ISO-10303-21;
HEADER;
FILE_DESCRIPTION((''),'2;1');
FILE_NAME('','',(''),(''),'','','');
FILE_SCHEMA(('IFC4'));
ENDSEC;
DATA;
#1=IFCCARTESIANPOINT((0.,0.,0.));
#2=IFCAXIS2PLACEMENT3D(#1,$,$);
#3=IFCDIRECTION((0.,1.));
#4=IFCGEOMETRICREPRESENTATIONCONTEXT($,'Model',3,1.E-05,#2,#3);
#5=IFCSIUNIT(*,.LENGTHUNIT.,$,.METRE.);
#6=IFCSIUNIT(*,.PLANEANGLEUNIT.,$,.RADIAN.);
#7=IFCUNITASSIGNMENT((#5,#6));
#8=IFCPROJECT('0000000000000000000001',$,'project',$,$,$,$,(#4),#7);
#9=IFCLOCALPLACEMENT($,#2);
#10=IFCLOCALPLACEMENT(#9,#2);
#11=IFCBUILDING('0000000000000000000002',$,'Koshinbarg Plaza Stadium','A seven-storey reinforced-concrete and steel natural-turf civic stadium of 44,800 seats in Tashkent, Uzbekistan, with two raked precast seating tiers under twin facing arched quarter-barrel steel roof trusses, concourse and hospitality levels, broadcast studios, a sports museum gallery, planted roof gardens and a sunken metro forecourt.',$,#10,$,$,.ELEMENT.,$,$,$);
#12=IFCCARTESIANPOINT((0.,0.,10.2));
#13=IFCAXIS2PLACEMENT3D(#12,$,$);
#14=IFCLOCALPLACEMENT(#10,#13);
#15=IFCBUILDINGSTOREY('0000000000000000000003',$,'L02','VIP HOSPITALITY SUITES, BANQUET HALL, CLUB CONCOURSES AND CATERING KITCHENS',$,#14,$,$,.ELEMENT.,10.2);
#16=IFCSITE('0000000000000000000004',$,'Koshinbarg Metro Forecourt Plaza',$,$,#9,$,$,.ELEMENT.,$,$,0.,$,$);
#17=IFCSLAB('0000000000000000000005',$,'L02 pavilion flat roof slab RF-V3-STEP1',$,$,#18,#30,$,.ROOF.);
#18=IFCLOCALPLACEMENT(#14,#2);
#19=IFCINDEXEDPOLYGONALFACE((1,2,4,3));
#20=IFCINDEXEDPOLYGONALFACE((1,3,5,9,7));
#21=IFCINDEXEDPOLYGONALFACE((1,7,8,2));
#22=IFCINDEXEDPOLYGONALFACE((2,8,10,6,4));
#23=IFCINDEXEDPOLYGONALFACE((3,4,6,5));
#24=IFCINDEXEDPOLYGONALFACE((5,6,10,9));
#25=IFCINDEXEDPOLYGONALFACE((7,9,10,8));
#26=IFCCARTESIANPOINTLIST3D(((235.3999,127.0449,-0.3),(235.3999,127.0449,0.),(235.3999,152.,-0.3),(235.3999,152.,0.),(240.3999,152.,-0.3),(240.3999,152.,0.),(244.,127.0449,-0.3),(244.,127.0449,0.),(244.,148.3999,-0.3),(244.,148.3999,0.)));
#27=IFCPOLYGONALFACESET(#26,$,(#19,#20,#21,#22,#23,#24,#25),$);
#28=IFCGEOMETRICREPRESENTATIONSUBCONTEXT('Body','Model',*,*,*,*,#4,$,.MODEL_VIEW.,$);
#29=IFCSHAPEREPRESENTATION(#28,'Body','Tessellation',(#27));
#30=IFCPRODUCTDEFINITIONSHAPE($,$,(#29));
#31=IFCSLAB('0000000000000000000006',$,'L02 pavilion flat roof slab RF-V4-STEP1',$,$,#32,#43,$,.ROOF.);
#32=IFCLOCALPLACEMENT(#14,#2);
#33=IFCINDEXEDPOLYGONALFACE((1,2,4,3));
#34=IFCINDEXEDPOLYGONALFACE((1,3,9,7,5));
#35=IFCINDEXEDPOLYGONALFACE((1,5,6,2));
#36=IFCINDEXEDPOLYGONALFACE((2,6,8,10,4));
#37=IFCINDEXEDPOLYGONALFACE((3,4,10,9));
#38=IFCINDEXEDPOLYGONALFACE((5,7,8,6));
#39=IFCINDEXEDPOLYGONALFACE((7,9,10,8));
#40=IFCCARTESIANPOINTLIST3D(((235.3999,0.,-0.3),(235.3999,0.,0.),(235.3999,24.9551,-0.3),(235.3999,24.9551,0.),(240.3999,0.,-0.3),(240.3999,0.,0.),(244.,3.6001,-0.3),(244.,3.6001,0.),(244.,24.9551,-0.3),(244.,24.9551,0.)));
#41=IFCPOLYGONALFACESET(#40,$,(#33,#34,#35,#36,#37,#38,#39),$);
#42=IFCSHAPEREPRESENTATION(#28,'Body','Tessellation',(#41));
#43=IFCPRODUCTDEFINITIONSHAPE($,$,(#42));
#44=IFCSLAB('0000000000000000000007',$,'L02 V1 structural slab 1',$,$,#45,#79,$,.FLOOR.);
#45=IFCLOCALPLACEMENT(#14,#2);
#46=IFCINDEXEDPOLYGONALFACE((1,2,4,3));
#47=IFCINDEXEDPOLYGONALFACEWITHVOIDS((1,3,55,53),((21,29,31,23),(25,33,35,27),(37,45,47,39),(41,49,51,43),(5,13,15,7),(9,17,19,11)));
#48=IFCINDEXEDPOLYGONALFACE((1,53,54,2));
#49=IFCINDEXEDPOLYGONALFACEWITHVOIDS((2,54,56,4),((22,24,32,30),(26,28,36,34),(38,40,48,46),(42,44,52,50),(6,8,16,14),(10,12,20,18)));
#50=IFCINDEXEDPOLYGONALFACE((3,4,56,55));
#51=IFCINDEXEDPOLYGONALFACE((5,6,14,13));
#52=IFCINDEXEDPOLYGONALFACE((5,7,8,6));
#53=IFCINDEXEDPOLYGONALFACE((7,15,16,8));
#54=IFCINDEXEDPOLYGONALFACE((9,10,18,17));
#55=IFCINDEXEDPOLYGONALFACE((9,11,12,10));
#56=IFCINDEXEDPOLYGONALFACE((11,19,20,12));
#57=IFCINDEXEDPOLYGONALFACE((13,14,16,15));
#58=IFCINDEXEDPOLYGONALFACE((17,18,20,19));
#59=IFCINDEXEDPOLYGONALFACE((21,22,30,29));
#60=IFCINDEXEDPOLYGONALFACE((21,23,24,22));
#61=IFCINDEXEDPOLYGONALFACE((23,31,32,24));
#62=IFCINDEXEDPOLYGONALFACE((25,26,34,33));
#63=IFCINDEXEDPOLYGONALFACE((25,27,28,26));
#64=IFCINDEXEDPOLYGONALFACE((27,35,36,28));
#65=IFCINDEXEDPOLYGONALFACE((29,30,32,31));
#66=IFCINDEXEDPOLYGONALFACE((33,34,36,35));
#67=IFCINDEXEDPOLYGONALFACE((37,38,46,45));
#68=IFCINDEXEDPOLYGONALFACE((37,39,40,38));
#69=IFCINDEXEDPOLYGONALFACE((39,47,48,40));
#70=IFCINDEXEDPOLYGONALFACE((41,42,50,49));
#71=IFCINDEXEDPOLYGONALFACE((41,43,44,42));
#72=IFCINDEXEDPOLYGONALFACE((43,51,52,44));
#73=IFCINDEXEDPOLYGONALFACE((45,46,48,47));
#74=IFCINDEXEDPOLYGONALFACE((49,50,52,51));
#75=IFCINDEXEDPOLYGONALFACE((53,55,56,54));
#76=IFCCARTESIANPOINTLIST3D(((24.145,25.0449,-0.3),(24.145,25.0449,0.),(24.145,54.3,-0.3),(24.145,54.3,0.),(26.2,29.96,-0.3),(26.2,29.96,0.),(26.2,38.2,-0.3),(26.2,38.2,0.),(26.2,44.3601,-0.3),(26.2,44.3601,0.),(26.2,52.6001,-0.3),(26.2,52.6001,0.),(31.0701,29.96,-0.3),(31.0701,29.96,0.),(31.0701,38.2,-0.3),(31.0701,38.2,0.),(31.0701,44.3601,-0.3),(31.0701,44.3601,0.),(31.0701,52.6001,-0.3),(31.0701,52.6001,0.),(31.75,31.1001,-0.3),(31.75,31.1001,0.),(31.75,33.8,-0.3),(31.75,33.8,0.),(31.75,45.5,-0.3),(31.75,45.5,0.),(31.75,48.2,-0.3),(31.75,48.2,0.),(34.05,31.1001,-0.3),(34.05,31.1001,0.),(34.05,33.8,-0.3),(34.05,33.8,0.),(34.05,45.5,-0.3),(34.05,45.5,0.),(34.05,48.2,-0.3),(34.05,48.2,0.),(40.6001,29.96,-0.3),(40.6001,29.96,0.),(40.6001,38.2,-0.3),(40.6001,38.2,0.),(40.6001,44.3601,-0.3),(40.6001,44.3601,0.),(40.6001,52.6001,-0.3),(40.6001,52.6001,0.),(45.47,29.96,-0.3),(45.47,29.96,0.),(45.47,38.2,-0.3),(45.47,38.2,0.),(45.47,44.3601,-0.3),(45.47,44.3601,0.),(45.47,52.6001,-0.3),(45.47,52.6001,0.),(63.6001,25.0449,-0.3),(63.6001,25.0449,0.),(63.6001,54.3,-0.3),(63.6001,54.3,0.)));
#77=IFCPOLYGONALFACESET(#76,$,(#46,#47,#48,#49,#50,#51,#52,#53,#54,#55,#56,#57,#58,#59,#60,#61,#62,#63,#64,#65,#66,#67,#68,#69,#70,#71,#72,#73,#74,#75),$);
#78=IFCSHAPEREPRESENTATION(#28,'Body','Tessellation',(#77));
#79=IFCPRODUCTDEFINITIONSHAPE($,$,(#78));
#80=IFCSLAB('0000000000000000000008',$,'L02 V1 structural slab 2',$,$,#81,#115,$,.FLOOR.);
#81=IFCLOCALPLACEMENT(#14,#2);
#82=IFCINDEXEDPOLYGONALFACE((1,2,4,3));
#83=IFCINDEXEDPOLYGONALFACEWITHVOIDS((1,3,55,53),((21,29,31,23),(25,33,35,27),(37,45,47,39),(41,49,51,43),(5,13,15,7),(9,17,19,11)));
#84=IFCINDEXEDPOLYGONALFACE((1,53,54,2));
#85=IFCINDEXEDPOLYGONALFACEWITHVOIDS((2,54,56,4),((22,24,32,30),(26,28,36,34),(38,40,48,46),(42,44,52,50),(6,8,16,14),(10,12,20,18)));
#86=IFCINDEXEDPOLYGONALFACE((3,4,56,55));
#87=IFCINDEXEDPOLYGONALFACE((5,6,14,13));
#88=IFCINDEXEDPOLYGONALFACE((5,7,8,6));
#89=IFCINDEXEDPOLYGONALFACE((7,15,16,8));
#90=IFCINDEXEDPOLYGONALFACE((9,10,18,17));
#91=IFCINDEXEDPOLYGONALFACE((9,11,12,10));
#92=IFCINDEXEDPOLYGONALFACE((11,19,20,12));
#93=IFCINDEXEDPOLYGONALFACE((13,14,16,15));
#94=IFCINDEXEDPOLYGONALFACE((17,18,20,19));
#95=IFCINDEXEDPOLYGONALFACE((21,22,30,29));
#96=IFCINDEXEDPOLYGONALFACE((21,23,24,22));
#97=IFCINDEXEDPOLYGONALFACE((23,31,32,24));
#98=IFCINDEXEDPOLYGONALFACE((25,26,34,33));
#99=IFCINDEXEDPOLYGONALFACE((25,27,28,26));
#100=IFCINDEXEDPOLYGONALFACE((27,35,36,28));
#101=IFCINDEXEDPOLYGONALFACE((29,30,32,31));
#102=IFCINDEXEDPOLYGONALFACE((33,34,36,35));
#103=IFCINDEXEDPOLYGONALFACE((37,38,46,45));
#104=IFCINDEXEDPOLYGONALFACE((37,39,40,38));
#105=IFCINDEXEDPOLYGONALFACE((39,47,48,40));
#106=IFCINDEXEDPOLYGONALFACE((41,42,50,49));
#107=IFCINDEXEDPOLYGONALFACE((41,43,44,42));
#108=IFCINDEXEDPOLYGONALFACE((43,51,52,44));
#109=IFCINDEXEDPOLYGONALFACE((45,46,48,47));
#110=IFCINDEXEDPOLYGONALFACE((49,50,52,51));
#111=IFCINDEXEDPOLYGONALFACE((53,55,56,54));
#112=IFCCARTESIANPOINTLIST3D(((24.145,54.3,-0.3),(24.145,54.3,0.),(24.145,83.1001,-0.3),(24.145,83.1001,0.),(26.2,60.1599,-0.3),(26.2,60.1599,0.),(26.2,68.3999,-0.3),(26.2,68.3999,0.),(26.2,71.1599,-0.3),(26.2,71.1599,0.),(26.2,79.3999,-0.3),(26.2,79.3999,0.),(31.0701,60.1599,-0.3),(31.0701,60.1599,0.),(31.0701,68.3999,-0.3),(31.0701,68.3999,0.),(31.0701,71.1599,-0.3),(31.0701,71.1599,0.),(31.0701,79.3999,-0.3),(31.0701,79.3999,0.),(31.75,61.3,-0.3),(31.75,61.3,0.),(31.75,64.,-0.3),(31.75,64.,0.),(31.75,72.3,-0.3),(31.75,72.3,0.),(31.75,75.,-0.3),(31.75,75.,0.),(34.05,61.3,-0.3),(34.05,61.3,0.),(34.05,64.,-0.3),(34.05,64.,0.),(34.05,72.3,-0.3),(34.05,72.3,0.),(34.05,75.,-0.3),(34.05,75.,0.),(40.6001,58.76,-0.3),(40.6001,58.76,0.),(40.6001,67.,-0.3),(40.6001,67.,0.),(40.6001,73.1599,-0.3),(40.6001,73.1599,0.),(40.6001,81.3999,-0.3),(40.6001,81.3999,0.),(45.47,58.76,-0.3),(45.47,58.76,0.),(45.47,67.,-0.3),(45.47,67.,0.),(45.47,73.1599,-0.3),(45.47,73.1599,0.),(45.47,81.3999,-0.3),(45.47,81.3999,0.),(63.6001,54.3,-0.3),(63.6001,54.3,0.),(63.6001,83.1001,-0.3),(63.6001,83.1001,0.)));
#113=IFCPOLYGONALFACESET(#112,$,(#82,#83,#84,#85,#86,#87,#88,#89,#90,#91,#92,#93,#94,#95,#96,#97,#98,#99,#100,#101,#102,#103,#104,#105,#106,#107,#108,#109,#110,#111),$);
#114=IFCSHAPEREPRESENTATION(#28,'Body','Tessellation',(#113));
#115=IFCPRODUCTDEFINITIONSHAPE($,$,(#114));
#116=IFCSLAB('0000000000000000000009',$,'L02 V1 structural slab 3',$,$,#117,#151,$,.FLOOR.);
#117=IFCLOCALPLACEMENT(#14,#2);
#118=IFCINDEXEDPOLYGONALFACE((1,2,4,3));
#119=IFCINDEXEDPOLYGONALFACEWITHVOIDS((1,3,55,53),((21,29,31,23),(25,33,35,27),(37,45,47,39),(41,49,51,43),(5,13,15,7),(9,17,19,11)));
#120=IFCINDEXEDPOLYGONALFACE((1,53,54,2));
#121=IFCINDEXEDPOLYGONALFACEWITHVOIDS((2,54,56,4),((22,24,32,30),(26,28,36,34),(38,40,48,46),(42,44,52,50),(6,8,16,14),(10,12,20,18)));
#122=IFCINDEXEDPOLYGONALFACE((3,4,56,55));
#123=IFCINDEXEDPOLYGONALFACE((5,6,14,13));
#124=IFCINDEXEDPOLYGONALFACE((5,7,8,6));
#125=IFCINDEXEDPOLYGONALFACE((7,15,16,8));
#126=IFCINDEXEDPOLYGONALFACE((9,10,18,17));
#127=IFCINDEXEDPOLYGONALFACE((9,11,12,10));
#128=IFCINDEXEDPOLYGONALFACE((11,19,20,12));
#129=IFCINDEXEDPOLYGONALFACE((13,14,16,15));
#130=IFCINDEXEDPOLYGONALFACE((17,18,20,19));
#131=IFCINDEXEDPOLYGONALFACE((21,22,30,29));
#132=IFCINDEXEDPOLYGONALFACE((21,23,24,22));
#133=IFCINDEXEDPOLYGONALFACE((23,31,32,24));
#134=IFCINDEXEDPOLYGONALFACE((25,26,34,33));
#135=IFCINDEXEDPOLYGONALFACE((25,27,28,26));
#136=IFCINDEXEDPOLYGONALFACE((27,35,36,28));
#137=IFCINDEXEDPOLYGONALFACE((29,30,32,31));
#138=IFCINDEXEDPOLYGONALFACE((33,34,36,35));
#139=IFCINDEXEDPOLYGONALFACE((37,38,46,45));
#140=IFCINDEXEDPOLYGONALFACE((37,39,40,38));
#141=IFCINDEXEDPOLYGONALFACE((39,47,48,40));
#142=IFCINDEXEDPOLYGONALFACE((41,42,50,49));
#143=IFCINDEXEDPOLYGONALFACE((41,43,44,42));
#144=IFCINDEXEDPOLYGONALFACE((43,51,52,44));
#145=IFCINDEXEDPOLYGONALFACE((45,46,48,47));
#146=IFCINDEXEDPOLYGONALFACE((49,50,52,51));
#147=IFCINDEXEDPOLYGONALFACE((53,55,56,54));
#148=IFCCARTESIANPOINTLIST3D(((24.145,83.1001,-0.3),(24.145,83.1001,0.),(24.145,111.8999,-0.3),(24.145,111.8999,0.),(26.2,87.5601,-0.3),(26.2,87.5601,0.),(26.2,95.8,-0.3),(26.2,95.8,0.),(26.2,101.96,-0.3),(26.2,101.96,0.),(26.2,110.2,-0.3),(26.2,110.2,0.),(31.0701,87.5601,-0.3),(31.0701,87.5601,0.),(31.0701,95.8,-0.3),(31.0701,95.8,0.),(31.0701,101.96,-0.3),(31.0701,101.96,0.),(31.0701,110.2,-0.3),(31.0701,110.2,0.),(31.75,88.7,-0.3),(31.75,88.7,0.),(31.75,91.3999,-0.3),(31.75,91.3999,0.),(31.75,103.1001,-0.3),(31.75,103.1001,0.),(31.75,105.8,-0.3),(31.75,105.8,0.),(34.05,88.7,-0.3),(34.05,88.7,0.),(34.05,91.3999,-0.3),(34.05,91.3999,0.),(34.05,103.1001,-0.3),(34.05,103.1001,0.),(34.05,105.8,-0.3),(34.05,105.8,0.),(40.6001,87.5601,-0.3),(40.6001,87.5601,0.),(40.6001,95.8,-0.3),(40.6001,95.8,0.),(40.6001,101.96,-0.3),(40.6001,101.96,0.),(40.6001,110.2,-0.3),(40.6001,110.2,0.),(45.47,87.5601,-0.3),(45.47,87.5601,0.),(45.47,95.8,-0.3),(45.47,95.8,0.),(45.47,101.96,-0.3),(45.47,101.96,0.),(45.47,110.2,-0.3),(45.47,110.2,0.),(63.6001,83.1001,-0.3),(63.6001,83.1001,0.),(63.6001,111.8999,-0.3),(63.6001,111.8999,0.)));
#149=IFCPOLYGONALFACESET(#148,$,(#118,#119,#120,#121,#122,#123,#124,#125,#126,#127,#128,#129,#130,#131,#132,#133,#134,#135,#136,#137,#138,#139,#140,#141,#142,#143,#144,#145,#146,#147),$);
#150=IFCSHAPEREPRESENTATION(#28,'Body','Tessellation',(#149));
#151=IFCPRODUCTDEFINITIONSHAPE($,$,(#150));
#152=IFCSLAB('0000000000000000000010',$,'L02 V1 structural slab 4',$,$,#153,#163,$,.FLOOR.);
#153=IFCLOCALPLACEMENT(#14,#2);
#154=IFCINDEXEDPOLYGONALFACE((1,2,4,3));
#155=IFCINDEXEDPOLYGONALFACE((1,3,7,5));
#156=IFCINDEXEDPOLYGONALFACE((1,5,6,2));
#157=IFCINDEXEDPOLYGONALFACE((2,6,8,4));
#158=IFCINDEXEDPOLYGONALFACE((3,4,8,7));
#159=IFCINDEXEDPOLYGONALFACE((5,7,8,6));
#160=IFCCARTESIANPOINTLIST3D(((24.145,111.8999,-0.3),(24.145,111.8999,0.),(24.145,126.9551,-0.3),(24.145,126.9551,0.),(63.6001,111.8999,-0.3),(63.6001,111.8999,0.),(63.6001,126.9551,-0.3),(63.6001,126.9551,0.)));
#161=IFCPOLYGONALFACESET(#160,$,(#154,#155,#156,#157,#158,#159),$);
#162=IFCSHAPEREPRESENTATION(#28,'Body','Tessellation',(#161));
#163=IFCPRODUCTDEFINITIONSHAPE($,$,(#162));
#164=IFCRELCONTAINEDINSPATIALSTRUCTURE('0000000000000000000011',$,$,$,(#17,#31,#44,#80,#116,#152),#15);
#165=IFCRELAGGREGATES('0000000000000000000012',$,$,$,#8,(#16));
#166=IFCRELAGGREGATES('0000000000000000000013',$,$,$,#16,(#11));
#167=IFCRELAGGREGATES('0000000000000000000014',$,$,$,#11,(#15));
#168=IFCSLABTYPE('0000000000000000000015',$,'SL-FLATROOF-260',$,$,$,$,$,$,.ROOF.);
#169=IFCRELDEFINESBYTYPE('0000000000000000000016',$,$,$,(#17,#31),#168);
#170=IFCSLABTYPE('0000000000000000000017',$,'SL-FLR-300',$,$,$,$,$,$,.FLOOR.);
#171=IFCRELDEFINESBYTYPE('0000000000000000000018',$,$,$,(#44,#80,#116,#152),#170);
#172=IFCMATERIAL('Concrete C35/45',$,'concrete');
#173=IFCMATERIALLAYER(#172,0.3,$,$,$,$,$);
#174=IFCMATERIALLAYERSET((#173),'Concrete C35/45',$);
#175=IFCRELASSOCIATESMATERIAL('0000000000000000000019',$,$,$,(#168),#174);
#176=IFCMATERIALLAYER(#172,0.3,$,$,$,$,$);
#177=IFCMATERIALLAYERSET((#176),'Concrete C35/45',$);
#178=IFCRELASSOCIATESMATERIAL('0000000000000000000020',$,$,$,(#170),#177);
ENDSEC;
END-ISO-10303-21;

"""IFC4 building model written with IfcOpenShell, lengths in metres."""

from ifc_helpers import new_model, si_unit, direction, frame, origin, place, context, subcontext, project, spatial, polyline, outline, extrude, material, layer, layer_set, type_object, element, save


model = new_model("IFC4")

# Units and contexts
model_context = context("Model", 3, precision=1e-05, world=origin(), true_north=direction((0.0, 1.0)))
body_context = subcontext(model_context, "Body", "Model", "MODEL_VIEW")
ifc_project = project(units=[si_unit("LENGTHUNIT", "METRE"), si_unit("PLANEANGLEUNIT", "RADIAN")], contexts=[model_context])

# Site, building, storey
site_placement = place(None, origin())
site = spatial("IfcSite", under=ifc_project, at=site_placement, Name="Koshinbarg Metro Forecourt Plaza", CompositionType="ELEMENT", RefElevation=0.0)
building_placement = place(site_placement, origin())
building = spatial("IfcBuilding", under=site, at=building_placement, Name="Koshinbarg Plaza Stadium", Description="A seven-storey reinforced-concrete and steel natural-turf civic stadium of 44,800 seats in Tashkent, Uzbekistan, with two raked precast seating tiers under twin facing arched quarter-barrel steel roof trusses, concourse and hospitality levels, broadcast studios, a sports museum gallery, planted roof gardens and a sunken metro forecourt.", CompositionType="ELEMENT")
storey_placement = place(building_placement, frame((0.0, 0.0, 10.2)))
storey = spatial("IfcBuildingStorey", under=building, at=storey_placement, Name="L02", Description="VIP HOSPITALITY SUITES, BANQUET HALL, CLUB CONCOURSES AND CATERING KITCHENS", CompositionType="ELEMENT", Elevation=10.2)

# Slabs
ifc_material = material(Name="Concrete C35/45", Category="concrete")
ifc_layer_1 = layer(ifc_material, 0.3)
ifc_layer_set_1 = layer_set([ifc_layer_1], Name="Concrete C35/45")
slab_type_1 = type_object("IfcSlabType", Name="SL-FLATROOF-260", PredefinedType="ROOF", material=ifc_layer_set_1)
slab_1_placement = place(storey_placement, frame((0.0, 0.0, -0.3)))
element("IfcSlab", 1, at=slab_1_placement, inside=storey, type_object=slab_type_1, Name="L02 pavilion flat roof slab RF-V3-STEP1", PredefinedType="ROOF", context=body_context, shape_type="SweptSolid", body=[
    extrude(outline(polyline([(235.3999, 127.0449), (244.0, 127.0449), (244.0, 148.3999), (240.3999, 152.0), (235.3999, 152.0), (235.3999, 127.0449)])), origin(), (0.0, 0.0, 1.0), 0.3),
])
slab_2_placement = place(storey_placement, frame((0.0, 0.0, -0.3)))
element("IfcSlab", 2, at=slab_2_placement, inside=storey, type_object=slab_type_1, Name="L02 pavilion flat roof slab RF-V4-STEP1", PredefinedType="ROOF", context=body_context, shape_type="SweptSolid", body=[
    extrude(outline(polyline([(235.3999, 0.0), (240.3999, 0.0), (244.0, 3.6001), (244.0, 24.9551), (235.3999, 24.9551), (235.3999, 0.0)])), origin(), (0.0, 0.0, 1.0), 0.3),
])
ifc_layer_2 = layer(ifc_material, 0.3)
ifc_layer_set_2 = layer_set([ifc_layer_2], Name="Concrete C35/45")
slab_type_2 = type_object("IfcSlabType", Name="SL-FLR-300", PredefinedType="FLOOR", material=ifc_layer_set_2)
slab_3_placement = place(storey_placement, frame((0.0, 0.0, -0.3)))
element("IfcSlab", 3, at=slab_3_placement, inside=storey, type_object=slab_type_2, Name="L02 V1 structural slab 1", PredefinedType="FLOOR", context=body_context, shape_type="SweptSolid", body=[
    extrude(outline(polyline([(24.145, 25.0449), (63.6001, 25.0449), (63.6001, 54.3), (24.145, 54.3), (24.145, 25.0449)]), holes=[polyline([(31.0701, 29.96), (31.0701, 38.2), (26.2, 38.2), (26.2, 29.96), (31.0701, 29.96)]), polyline([(31.75, 31.1001), (34.05, 31.1001), (34.05, 33.8), (31.75, 33.8), (31.75, 31.1001)]), polyline([(31.0701, 44.3601), (31.0701, 52.6001), (26.2, 52.6001), (26.2, 44.3601), (31.0701, 44.3601)]), polyline([(31.75, 45.5), (34.05, 45.5), (34.05, 48.2), (31.75, 48.2), (31.75, 45.5)]), polyline([(45.47, 29.96), (45.47, 38.2), (40.6001, 38.2), (40.6001, 29.96), (45.47, 29.96)]), polyline([(45.47, 44.3601), (45.47, 52.6001), (40.6001, 52.6001), (40.6001, 44.3601), (45.47, 44.3601)])]), origin(), (0.0, 0.0, 1.0), 0.3),
])
slab_4_placement = place(storey_placement, frame((0.0, 0.0, -0.3)))
element("IfcSlab", 4, at=slab_4_placement, inside=storey, type_object=slab_type_2, Name="L02 V1 structural slab 2", PredefinedType="FLOOR", context=body_context, shape_type="SweptSolid", body=[
    extrude(outline(polyline([(24.145, 54.3), (63.6001, 54.3), (63.6001, 83.1001), (24.145, 83.1001), (24.145, 54.3)]), holes=[polyline([(31.0701, 60.1599), (31.0701, 68.3999), (26.2, 68.3999), (26.2, 60.1599), (31.0701, 60.1599)]), polyline([(31.75, 61.3), (34.05, 61.3), (34.05, 64.0), (31.75, 64.0), (31.75, 61.3)]), polyline([(31.0701, 71.1599), (31.0701, 79.3999), (26.2, 79.3999), (26.2, 71.1599), (31.0701, 71.1599)]), polyline([(31.75, 72.3), (34.05, 72.3), (34.05, 75.0), (31.75, 75.0), (31.75, 72.3)]), polyline([(45.47, 58.76), (45.47, 67.0), (40.6001, 67.0), (40.6001, 58.76), (45.47, 58.76)]), polyline([(45.47, 73.1599), (45.47, 81.3999), (40.6001, 81.3999), (40.6001, 73.1599), (45.47, 73.1599)])]), origin(), (0.0, 0.0, 1.0), 0.3),
])
slab_5_placement = place(storey_placement, frame((0.0, 0.0, -0.3)))
element("IfcSlab", 5, at=slab_5_placement, inside=storey, type_object=slab_type_2, Name="L02 V1 structural slab 3", PredefinedType="FLOOR", context=body_context, shape_type="SweptSolid", body=[
    extrude(outline(polyline([(24.145, 83.1001), (63.6001, 83.1001), (63.6001, 111.8999), (24.145, 111.8999), (24.145, 83.1001)]), holes=[polyline([(31.0701, 87.5601), (31.0701, 95.8), (26.2, 95.8), (26.2, 87.5601), (31.0701, 87.5601)]), polyline([(31.75, 88.7), (34.05, 88.7), (34.05, 91.3999), (31.75, 91.3999), (31.75, 88.7)]), polyline([(31.0701, 101.96), (31.0701, 110.2), (26.2, 110.2), (26.2, 101.96), (31.0701, 101.96)]), polyline([(31.75, 103.1001), (34.05, 103.1001), (34.05, 105.8), (31.75, 105.8), (31.75, 103.1001)]), polyline([(45.47, 87.5601), (45.47, 95.8), (40.6001, 95.8), (40.6001, 87.5601), (45.47, 87.5601)]), polyline([(45.47, 101.96), (45.47, 110.2), (40.6001, 110.2), (40.6001, 101.96), (45.47, 101.96)])]), origin(), (0.0, 0.0, 1.0), 0.3),
])
slab_6_placement = place(storey_placement, frame((0.0, 0.0, -0.3)))
element("IfcSlab", 6, at=slab_6_placement, inside=storey, type_object=slab_type_2, Name="L02 V1 structural slab 4", PredefinedType="FLOOR", context=body_context, shape_type="SweptSolid", body=[
    extrude(outline(polyline([(24.145, 111.8999), (63.6001, 111.8999), (63.6001, 126.9551), (24.145, 126.9551), (24.145, 111.8999)])), origin(), (0.0, 0.0, 1.0), 0.3),
])

save(model, "model.ifc")
